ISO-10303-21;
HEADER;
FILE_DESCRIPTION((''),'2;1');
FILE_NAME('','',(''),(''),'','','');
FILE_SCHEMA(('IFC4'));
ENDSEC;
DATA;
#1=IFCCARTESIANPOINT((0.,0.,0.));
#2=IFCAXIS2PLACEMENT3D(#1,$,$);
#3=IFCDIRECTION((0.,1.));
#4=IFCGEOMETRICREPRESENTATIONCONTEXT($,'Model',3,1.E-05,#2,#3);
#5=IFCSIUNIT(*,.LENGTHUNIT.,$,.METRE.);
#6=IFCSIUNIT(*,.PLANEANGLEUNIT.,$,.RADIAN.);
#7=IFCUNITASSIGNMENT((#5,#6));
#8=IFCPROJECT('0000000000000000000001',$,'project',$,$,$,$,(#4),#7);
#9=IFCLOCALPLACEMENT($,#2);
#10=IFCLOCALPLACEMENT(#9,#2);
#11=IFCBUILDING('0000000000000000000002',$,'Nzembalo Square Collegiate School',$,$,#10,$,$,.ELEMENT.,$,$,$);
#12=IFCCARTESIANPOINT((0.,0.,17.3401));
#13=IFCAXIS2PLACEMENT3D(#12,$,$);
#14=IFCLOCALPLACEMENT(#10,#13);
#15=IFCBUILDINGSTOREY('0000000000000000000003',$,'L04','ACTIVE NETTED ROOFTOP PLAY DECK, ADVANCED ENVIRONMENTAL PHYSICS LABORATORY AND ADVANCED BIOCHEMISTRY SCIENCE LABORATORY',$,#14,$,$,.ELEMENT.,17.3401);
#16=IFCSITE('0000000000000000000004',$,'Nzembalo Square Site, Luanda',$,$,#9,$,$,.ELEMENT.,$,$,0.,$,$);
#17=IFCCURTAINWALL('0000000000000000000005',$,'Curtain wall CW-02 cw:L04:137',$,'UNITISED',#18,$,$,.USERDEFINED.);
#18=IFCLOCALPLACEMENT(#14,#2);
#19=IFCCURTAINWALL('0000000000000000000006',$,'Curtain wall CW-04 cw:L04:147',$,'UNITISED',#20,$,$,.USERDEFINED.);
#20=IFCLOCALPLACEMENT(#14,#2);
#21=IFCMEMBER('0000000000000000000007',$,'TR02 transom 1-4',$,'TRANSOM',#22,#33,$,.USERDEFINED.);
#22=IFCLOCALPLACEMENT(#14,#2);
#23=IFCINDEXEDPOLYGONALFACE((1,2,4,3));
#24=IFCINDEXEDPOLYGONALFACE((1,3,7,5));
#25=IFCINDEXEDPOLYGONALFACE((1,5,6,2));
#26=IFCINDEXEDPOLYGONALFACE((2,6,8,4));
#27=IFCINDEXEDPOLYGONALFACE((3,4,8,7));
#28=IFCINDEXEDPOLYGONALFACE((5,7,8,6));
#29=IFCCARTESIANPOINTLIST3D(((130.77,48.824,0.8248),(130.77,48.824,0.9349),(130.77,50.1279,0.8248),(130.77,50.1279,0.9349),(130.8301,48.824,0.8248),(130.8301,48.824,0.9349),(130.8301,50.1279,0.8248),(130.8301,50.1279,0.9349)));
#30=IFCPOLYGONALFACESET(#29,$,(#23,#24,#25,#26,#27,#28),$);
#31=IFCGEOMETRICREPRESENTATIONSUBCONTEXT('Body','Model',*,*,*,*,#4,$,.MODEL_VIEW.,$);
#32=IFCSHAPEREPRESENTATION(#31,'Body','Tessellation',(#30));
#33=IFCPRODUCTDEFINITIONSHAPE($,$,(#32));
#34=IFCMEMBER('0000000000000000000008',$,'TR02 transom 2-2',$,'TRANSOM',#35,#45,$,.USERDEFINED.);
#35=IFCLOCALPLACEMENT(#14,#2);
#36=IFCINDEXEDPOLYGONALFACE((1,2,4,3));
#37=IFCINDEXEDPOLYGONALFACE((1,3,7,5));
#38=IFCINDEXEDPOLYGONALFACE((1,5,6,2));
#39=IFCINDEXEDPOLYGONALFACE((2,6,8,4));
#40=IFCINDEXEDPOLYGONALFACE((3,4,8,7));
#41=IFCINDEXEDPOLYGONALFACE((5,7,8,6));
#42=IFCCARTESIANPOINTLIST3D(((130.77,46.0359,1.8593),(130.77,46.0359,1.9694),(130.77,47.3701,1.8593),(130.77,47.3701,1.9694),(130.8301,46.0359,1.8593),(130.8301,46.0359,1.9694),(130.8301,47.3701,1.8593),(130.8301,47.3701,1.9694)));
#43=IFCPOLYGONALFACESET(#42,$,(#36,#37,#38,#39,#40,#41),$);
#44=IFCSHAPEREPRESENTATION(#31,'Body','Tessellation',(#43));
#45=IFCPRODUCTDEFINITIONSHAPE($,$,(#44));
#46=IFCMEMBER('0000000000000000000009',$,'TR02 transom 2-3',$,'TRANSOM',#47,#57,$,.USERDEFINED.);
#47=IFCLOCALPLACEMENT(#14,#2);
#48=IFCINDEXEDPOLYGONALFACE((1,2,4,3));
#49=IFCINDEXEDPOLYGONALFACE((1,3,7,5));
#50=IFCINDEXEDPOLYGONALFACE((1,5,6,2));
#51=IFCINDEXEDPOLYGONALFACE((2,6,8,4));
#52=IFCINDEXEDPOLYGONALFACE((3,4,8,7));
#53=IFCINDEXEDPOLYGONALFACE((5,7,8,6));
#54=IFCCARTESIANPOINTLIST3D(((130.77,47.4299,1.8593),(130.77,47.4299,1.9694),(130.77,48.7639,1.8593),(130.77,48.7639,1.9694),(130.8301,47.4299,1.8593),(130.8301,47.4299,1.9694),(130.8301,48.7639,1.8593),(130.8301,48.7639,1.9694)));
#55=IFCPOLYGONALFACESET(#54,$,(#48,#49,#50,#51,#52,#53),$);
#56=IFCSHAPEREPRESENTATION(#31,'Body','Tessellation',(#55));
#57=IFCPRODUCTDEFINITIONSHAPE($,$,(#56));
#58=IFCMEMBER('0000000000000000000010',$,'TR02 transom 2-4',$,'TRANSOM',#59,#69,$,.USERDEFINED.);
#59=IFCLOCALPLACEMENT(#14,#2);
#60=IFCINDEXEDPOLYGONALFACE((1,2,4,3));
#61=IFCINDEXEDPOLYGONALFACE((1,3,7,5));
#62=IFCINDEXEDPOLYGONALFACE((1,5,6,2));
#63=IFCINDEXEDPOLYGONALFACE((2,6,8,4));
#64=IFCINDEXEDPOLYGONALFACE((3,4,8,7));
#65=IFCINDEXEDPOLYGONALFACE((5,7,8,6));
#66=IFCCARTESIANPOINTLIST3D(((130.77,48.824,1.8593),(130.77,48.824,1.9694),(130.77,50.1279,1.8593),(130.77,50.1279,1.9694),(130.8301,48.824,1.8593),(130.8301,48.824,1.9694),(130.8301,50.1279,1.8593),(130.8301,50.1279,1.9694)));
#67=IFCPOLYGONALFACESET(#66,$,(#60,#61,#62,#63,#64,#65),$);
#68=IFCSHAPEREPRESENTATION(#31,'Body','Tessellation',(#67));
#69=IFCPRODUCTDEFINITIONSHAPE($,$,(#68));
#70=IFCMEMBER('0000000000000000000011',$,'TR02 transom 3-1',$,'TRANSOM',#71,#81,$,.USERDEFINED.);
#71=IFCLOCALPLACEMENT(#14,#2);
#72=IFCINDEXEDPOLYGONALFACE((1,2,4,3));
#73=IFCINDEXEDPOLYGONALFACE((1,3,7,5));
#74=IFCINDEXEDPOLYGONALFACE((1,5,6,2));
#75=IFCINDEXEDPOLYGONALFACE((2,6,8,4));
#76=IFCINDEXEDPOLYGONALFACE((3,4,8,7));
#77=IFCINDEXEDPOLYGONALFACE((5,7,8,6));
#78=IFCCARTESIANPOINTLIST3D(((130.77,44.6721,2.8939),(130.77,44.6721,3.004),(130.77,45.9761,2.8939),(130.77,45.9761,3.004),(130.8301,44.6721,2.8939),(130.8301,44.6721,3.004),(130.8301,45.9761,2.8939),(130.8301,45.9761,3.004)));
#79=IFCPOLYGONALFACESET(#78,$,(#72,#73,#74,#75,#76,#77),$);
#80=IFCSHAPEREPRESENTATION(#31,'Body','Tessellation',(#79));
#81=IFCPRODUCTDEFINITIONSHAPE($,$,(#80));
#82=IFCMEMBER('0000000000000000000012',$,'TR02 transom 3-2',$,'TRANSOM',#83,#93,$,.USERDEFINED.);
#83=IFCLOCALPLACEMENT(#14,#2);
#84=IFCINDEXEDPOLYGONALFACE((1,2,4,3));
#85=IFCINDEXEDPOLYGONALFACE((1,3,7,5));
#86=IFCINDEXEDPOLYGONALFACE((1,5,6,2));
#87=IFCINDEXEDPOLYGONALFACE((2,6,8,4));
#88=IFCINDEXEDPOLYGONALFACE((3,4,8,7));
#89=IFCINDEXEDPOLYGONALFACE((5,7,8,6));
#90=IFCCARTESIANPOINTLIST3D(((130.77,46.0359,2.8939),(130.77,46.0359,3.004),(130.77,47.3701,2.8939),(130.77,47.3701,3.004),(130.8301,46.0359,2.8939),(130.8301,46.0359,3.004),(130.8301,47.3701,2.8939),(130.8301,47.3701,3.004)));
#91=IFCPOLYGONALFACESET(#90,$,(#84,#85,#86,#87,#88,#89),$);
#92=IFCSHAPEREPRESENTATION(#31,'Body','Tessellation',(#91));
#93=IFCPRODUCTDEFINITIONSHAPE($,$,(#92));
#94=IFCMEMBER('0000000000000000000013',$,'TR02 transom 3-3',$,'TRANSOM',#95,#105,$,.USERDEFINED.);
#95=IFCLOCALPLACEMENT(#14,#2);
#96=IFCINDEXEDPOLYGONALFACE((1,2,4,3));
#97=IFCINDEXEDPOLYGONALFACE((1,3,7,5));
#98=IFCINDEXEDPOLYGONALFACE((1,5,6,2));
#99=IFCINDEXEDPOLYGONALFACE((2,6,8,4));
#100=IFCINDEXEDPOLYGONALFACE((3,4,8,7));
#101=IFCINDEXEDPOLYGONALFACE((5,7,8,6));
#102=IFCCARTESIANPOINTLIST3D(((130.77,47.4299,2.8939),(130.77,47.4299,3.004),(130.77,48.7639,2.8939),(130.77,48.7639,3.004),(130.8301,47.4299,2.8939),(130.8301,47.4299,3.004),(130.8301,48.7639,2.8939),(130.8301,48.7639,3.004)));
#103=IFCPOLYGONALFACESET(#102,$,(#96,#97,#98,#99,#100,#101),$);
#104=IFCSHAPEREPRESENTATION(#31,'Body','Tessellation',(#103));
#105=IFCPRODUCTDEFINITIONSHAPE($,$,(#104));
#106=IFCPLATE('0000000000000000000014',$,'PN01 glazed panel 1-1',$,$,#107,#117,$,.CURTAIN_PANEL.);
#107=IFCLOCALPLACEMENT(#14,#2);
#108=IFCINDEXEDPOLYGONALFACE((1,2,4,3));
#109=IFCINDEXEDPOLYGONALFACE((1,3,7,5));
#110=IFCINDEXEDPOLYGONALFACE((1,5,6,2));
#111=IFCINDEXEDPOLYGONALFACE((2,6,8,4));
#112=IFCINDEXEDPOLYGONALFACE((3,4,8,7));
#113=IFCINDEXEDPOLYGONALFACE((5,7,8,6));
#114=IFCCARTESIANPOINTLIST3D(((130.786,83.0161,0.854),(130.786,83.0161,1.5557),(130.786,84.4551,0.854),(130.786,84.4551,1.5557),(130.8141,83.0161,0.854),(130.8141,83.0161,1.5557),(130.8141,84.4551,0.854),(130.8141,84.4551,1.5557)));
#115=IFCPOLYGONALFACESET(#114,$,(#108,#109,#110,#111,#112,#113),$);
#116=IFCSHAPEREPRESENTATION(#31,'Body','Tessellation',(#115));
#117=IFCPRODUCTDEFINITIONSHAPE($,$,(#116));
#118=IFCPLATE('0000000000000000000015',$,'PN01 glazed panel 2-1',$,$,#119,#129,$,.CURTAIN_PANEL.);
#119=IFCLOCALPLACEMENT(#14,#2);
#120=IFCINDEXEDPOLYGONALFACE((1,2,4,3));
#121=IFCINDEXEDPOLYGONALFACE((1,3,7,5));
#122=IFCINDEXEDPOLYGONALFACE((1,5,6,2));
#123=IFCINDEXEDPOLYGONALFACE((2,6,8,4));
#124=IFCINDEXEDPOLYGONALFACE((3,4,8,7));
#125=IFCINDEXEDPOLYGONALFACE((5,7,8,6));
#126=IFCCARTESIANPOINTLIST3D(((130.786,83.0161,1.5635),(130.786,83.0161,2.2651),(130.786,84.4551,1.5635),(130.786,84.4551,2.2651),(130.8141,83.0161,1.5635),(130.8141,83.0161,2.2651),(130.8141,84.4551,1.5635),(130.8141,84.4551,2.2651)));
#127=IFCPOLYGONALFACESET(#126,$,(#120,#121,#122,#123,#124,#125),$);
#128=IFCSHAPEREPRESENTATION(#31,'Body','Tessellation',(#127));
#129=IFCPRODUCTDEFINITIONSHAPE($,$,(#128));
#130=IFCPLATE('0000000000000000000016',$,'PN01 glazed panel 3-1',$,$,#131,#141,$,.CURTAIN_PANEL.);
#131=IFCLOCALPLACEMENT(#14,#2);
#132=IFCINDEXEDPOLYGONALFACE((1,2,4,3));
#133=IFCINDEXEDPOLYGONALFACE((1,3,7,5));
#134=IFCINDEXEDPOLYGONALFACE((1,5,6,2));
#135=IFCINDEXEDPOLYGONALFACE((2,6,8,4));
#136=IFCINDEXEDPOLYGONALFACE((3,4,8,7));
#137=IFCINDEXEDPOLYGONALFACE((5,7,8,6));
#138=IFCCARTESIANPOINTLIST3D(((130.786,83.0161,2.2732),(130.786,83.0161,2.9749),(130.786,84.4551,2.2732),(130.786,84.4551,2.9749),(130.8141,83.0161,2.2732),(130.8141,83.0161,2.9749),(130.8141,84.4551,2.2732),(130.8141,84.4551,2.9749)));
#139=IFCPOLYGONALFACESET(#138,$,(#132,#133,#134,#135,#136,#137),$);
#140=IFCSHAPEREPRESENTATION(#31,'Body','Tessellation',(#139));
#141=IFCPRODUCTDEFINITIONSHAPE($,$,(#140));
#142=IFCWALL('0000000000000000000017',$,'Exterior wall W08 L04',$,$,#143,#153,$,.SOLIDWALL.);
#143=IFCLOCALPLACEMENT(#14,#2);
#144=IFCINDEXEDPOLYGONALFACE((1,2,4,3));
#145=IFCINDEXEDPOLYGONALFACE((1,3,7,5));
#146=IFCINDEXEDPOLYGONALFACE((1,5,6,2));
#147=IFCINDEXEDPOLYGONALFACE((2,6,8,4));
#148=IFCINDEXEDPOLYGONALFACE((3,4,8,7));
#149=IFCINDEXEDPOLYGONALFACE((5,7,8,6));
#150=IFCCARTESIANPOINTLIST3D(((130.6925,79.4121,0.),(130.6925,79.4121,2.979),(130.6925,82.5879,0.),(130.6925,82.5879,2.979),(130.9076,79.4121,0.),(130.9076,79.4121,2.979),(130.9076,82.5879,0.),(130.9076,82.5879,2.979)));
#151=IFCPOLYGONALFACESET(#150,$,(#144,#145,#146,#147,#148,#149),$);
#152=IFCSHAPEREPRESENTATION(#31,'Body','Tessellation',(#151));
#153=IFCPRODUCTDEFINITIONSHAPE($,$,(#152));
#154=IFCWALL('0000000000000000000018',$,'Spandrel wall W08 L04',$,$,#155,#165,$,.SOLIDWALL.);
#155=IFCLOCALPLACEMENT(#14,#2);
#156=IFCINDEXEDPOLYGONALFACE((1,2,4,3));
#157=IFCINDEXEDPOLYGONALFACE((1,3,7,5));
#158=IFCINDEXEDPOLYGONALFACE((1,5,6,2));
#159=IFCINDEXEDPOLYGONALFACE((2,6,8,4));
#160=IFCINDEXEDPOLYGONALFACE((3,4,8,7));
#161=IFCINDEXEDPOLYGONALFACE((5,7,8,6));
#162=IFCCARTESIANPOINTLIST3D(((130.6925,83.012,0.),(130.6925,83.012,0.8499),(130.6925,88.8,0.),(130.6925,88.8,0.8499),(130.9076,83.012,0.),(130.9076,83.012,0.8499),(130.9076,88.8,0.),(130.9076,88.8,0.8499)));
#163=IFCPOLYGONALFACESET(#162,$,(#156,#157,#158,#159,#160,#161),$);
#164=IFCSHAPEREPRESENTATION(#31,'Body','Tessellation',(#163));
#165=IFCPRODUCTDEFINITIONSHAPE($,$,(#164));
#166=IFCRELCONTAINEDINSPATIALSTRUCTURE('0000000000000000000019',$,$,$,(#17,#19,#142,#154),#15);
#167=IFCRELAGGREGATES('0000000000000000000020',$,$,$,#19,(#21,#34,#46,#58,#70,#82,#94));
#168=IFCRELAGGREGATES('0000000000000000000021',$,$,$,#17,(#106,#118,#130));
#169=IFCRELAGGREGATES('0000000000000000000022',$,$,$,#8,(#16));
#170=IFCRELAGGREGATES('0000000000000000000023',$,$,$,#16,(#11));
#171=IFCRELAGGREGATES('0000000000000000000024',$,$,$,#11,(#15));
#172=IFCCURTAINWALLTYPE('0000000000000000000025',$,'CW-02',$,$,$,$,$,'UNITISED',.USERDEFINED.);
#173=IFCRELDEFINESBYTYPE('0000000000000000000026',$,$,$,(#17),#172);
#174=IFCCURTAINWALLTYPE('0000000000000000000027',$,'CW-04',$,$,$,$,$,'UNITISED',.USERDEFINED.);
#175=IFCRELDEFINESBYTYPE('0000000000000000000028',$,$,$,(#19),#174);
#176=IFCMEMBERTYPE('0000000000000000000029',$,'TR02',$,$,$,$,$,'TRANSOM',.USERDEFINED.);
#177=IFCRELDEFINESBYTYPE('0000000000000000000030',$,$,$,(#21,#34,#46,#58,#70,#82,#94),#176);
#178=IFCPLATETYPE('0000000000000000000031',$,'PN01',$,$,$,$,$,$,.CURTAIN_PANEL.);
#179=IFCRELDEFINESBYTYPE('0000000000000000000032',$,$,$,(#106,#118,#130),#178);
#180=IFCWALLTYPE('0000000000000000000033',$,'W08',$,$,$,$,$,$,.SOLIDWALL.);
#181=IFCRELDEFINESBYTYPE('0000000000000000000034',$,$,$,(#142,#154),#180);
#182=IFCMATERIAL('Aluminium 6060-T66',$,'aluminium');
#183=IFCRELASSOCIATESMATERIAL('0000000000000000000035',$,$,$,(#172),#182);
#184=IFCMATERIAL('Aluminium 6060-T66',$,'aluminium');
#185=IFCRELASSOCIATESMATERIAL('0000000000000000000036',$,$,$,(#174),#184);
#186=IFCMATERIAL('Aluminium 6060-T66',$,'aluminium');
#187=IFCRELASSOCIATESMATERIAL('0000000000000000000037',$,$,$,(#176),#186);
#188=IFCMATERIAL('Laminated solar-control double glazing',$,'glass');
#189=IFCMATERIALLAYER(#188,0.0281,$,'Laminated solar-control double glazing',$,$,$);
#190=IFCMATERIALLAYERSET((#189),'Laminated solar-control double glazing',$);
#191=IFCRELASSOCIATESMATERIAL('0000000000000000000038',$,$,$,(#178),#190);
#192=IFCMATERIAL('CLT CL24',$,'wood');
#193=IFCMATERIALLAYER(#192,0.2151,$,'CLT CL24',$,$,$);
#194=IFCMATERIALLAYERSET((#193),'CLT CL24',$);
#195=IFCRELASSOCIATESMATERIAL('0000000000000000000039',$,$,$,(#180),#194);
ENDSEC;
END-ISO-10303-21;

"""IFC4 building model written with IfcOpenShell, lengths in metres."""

from ifc_helpers import new_model, si_unit, direction, frame, frame_2d, origin, origin_2d, place, context, subcontext, project, spatial, rectangle, extrude, material, layer, layer_set, material_profile, profile_set, type_object, element, aggregate, save


model = new_model("IFC4")

# Units and contexts
model_context = context("Model", 3, precision=1e-05, world=origin(), true_north=direction((0.0, 1.0)))
body_context = subcontext(model_context, "Body", "Model", "MODEL_VIEW")
ifc_project = project(units=[si_unit("LENGTHUNIT", "METRE"), si_unit("PLANEANGLEUNIT", "RADIAN")], contexts=[model_context])

# Site, building, storey
site_placement = place(None, origin())
site = spatial("IfcSite", under=ifc_project, at=site_placement, Name="Nzembalo Square Site, Luanda", CompositionType="ELEMENT", RefElevation=0.0)
building_placement = place(site_placement, origin())
building = spatial("IfcBuilding", under=site, at=building_placement, Name="Nzembalo Square Collegiate School", CompositionType="ELEMENT")
storey_placement = place(building_placement, frame((0.0, 0.0, 17.3401)))
storey = spatial("IfcBuildingStorey", under=building, at=storey_placement, Name="L04", Description="ACTIVE NETTED ROOFTOP PLAY DECK, ADVANCED ENVIRONMENTAL PHYSICS LABORATORY AND ADVANCED BIOCHEMISTRY SCIENCE LABORATORY", CompositionType="ELEMENT", Elevation=17.3401)

# Curtain walls
ifc_material_1 = material(Name="Aluminium 6060-T66", Category="aluminium")
curtain_wall_type_1 = type_object("IfcCurtainWallType", Name="CW-02", ElementType="UNITISED", PredefinedType="USERDEFINED", material=ifc_material_1)
curtain_wall_1_placement = place(storey_placement, origin())
curtain_wall_1 = element("IfcCurtainWall", 1, at=curtain_wall_1_placement, inside=storey, type_object=curtain_wall_type_1, Name="Curtain wall CW-02 cw:L04:137", ObjectType="UNITISED", PredefinedType="USERDEFINED")
ifc_material_2 = material(Name="Aluminium 6060-T66", Category="aluminium")
curtain_wall_type_2 = type_object("IfcCurtainWallType", Name="CW-04", ElementType="UNITISED", PredefinedType="USERDEFINED", material=ifc_material_2)
curtain_wall_2_placement = place(storey_placement, origin())
curtain_wall_2 = element("IfcCurtainWall", 2, at=curtain_wall_2_placement, inside=storey, type_object=curtain_wall_type_2, Name="Curtain wall CW-04 cw:L04:147", ObjectType="UNITISED", PredefinedType="USERDEFINED")

# Members
ifc_material_3 = material(Name="Aluminium 6060-T66", Category="aluminium")
ifc_material_profile_1 = material_profile(ifc_material_3, rectangle(XDim=0.0601, YDim=0.1101, at=origin_2d()), Name="ALU T60x110")
ifc_profile_set_1 = profile_set([ifc_material_profile_1], Name="Aluminium 6060-T66")
member_type_1 = type_object("IfcMemberType", Name="TR02", ElementType="TRANSOM", PredefinedType="USERDEFINED", material=ifc_profile_set_1)
member_1_placement = place(storey_placement, frame((130.8, 48.824, 0.8799), z_axis=(0.0, 1.0, 0.0), x_axis=(-1.0, 0.0, 0.0)))
member_1 = element("IfcMember", 3, at=member_1_placement, type_object=member_type_1, Name="TR02 transom 1-4", ObjectType="TRANSOM", PredefinedType="USERDEFINED", context=body_context, shape_type="SweptSolid", body=[
    extrude(rectangle(XDim=0.0601, YDim=0.1101, at=origin_2d()), origin(), (0.0, 0.0, 1.0), 1.304),
])
member_2_placement = place(storey_placement, frame((130.8, 46.0359, 1.9143), z_axis=(0.0, 1.0, 0.0), x_axis=(-1.0, 0.0, 0.0)))
member_2 = element("IfcMember", 4, at=member_2_placement, type_object=member_type_1, Name="TR02 transom 2-2", ObjectType="TRANSOM", PredefinedType="USERDEFINED", context=body_context, shape_type="SweptSolid", body=[
    extrude(rectangle(XDim=0.0601, YDim=0.1101, at=origin_2d()), origin(), (0.0, 0.0, 1.0), 1.3342),
])
member_3_placement = place(storey_placement, frame((130.8, 47.4299, 1.9143), z_axis=(0.0, 1.0, 0.0), x_axis=(-1.0, 0.0, 0.0)))
member_3 = element("IfcMember", 5, at=member_3_placement, type_object=member_type_1, Name="TR02 transom 2-3", ObjectType="TRANSOM", PredefinedType="USERDEFINED", context=body_context, shape_type="SweptSolid", body=[
    extrude(rectangle(XDim=0.0601, YDim=0.1101, at=origin_2d()), origin(), (0.0, 0.0, 1.0), 1.334),
])
member_4_placement = place(storey_placement, frame((130.8, 48.824, 1.9143), z_axis=(0.0, 1.0, 0.0), x_axis=(-1.0, 0.0, 0.0)))
member_4 = element("IfcMember", 6, at=member_4_placement, type_object=member_type_1, Name="TR02 transom 2-4", ObjectType="TRANSOM", PredefinedType="USERDEFINED", context=body_context, shape_type="SweptSolid", body=[
    extrude(rectangle(XDim=0.0601, YDim=0.1101, at=origin_2d()), origin(), (0.0, 0.0, 1.0), 1.304),
])
member_5_placement = place(storey_placement, frame((130.8, 44.6721, 2.949), z_axis=(0.0, 1.0, 0.0), x_axis=(-1.0, 0.0, 0.0)))
member_5 = element("IfcMember", 7, at=member_5_placement, type_object=member_type_1, Name="TR02 transom 3-1", ObjectType="TRANSOM", PredefinedType="USERDEFINED", context=body_context, shape_type="SweptSolid", body=[
    extrude(rectangle(XDim=0.0601, YDim=0.1101, at=origin_2d()), origin(), (0.0, 0.0, 1.0), 1.304),
])
member_6_placement = place(storey_placement, frame((130.8, 46.0359, 2.949), z_axis=(0.0, 1.0, 0.0), x_axis=(-1.0, 0.0, 0.0)))
member_6 = element("IfcMember", 8, at=member_6_placement, type_object=member_type_1, Name="TR02 transom 3-2", ObjectType="TRANSOM", PredefinedType="USERDEFINED", context=body_context, shape_type="SweptSolid", body=[
    extrude(rectangle(XDim=0.0601, YDim=0.1101, at=origin_2d()), origin(), (0.0, 0.0, 1.0), 1.3342),
])
member_7_placement = place(storey_placement, frame((130.8, 47.4299, 2.949), z_axis=(0.0, 1.0, 0.0), x_axis=(-1.0, 0.0, 0.0)))
member_7 = element("IfcMember", 9, at=member_7_placement, type_object=member_type_1, Name="TR02 transom 3-3", ObjectType="TRANSOM", PredefinedType="USERDEFINED", context=body_context, shape_type="SweptSolid", body=[
    extrude(rectangle(XDim=0.0601, YDim=0.1101, at=origin_2d()), origin(), (0.0, 0.0, 1.0), 1.334),
])
aggregate(curtain_wall_2, [member_1, member_2, member_3, member_4, member_5, member_6, member_7])

# Plates
ifc_material_4 = material(Name="Laminated solar-control double glazing", Category="glass")
ifc_layer_1 = layer(ifc_material_4, 0.0281, Name="Laminated solar-control double glazing")
ifc_layer_set_1 = layer_set([ifc_layer_1], Name="Laminated solar-control double glazing")
plate_type = type_object("IfcPlateType", Name="PN01", PredefinedType="CURTAIN_PANEL", material=ifc_layer_set_1)
plate_1_placement = place(storey_placement, frame((130.8, 83.7356, 0.854), z_axis=(0.0, 0.0, 1.0), x_axis=(0.0, 1.0, 0.0)))
plate_1 = element("IfcPlate", 10, at=plate_1_placement, type_object=plate_type, Name="PN01 glazed panel 1-1", PredefinedType="CURTAIN_PANEL", context=body_context, shape_type="SweptSolid", body=[
    extrude(rectangle(XDim=1.439, YDim=0.0281, at=origin_2d()), origin(), (0.0, 0.0, 1.0), 0.7017),
])
plate_2_placement = place(storey_placement, frame((130.8, 83.7356, 1.5635), z_axis=(0.0, 0.0, 1.0), x_axis=(0.0, 1.0, 0.0)))
plate_2 = element("IfcPlate", 11, at=plate_2_placement, type_object=plate_type, Name="PN01 glazed panel 2-1", PredefinedType="CURTAIN_PANEL", context=body_context, shape_type="SweptSolid", body=[
    extrude(rectangle(XDim=1.439, YDim=0.0281, at=origin_2d()), origin(), (0.0, 0.0, 1.0), 0.7017),
])
plate_3_placement = place(storey_placement, frame((130.8, 83.7356, 2.2732), z_axis=(0.0, 0.0, 1.0), x_axis=(0.0, 1.0, 0.0)))
plate_3 = element("IfcPlate", 12, at=plate_3_placement, type_object=plate_type, Name="PN01 glazed panel 3-1", PredefinedType="CURTAIN_PANEL", context=body_context, shape_type="SweptSolid", body=[
    extrude(rectangle(XDim=1.439, YDim=0.0281, at=origin_2d()), origin(), (0.0, 0.0, 1.0), 0.7017),
])
aggregate(curtain_wall_1, [plate_1, plate_2, plate_3])

# Walls
ifc_material_5 = material(Name="CLT CL24", Category="wood")
ifc_layer_2 = layer(ifc_material_5, 0.2151, Name="CLT CL24")
ifc_layer_set_2 = layer_set([ifc_layer_2], Name="CLT CL24")
wall_type = type_object("IfcWallType", Name="W08", PredefinedType="SOLIDWALL", material=ifc_layer_set_2)
wall_1_placement = place(storey_placement, frame((130.8, 79.4121, 0.0), z_axis=(0.0, 0.0, 1.0), x_axis=(0.0, 1.0, 0.0)))
element("IfcWall", 13, at=wall_1_placement, inside=storey, type_object=wall_type, Name="Exterior wall W08 L04", PredefinedType="SOLIDWALL", context=body_context, shape_type="SweptSolid", body=[
    extrude(rectangle(XDim=3.1758, YDim=0.2151, at=frame_2d((1.5879, 0.0))), origin(), (0.0, 0.0, 1.0), 2.979),
])
wall_2_placement = place(storey_placement, frame((130.8, 83.012, 0.0), z_axis=(0.0, 0.0, 1.0), x_axis=(0.0, 1.0, 0.0)))
element("IfcWall", 14, at=wall_2_placement, inside=storey, type_object=wall_type, Name="Spandrel wall W08 L04", PredefinedType="SOLIDWALL", context=body_context, shape_type="SweptSolid", body=[
    extrude(rectangle(XDim=5.7881, YDim=0.2151, at=frame_2d((2.894, 0.0))), origin(), (0.0, 0.0, 1.0), 0.8499),
])

save(model, "model.ifc")
